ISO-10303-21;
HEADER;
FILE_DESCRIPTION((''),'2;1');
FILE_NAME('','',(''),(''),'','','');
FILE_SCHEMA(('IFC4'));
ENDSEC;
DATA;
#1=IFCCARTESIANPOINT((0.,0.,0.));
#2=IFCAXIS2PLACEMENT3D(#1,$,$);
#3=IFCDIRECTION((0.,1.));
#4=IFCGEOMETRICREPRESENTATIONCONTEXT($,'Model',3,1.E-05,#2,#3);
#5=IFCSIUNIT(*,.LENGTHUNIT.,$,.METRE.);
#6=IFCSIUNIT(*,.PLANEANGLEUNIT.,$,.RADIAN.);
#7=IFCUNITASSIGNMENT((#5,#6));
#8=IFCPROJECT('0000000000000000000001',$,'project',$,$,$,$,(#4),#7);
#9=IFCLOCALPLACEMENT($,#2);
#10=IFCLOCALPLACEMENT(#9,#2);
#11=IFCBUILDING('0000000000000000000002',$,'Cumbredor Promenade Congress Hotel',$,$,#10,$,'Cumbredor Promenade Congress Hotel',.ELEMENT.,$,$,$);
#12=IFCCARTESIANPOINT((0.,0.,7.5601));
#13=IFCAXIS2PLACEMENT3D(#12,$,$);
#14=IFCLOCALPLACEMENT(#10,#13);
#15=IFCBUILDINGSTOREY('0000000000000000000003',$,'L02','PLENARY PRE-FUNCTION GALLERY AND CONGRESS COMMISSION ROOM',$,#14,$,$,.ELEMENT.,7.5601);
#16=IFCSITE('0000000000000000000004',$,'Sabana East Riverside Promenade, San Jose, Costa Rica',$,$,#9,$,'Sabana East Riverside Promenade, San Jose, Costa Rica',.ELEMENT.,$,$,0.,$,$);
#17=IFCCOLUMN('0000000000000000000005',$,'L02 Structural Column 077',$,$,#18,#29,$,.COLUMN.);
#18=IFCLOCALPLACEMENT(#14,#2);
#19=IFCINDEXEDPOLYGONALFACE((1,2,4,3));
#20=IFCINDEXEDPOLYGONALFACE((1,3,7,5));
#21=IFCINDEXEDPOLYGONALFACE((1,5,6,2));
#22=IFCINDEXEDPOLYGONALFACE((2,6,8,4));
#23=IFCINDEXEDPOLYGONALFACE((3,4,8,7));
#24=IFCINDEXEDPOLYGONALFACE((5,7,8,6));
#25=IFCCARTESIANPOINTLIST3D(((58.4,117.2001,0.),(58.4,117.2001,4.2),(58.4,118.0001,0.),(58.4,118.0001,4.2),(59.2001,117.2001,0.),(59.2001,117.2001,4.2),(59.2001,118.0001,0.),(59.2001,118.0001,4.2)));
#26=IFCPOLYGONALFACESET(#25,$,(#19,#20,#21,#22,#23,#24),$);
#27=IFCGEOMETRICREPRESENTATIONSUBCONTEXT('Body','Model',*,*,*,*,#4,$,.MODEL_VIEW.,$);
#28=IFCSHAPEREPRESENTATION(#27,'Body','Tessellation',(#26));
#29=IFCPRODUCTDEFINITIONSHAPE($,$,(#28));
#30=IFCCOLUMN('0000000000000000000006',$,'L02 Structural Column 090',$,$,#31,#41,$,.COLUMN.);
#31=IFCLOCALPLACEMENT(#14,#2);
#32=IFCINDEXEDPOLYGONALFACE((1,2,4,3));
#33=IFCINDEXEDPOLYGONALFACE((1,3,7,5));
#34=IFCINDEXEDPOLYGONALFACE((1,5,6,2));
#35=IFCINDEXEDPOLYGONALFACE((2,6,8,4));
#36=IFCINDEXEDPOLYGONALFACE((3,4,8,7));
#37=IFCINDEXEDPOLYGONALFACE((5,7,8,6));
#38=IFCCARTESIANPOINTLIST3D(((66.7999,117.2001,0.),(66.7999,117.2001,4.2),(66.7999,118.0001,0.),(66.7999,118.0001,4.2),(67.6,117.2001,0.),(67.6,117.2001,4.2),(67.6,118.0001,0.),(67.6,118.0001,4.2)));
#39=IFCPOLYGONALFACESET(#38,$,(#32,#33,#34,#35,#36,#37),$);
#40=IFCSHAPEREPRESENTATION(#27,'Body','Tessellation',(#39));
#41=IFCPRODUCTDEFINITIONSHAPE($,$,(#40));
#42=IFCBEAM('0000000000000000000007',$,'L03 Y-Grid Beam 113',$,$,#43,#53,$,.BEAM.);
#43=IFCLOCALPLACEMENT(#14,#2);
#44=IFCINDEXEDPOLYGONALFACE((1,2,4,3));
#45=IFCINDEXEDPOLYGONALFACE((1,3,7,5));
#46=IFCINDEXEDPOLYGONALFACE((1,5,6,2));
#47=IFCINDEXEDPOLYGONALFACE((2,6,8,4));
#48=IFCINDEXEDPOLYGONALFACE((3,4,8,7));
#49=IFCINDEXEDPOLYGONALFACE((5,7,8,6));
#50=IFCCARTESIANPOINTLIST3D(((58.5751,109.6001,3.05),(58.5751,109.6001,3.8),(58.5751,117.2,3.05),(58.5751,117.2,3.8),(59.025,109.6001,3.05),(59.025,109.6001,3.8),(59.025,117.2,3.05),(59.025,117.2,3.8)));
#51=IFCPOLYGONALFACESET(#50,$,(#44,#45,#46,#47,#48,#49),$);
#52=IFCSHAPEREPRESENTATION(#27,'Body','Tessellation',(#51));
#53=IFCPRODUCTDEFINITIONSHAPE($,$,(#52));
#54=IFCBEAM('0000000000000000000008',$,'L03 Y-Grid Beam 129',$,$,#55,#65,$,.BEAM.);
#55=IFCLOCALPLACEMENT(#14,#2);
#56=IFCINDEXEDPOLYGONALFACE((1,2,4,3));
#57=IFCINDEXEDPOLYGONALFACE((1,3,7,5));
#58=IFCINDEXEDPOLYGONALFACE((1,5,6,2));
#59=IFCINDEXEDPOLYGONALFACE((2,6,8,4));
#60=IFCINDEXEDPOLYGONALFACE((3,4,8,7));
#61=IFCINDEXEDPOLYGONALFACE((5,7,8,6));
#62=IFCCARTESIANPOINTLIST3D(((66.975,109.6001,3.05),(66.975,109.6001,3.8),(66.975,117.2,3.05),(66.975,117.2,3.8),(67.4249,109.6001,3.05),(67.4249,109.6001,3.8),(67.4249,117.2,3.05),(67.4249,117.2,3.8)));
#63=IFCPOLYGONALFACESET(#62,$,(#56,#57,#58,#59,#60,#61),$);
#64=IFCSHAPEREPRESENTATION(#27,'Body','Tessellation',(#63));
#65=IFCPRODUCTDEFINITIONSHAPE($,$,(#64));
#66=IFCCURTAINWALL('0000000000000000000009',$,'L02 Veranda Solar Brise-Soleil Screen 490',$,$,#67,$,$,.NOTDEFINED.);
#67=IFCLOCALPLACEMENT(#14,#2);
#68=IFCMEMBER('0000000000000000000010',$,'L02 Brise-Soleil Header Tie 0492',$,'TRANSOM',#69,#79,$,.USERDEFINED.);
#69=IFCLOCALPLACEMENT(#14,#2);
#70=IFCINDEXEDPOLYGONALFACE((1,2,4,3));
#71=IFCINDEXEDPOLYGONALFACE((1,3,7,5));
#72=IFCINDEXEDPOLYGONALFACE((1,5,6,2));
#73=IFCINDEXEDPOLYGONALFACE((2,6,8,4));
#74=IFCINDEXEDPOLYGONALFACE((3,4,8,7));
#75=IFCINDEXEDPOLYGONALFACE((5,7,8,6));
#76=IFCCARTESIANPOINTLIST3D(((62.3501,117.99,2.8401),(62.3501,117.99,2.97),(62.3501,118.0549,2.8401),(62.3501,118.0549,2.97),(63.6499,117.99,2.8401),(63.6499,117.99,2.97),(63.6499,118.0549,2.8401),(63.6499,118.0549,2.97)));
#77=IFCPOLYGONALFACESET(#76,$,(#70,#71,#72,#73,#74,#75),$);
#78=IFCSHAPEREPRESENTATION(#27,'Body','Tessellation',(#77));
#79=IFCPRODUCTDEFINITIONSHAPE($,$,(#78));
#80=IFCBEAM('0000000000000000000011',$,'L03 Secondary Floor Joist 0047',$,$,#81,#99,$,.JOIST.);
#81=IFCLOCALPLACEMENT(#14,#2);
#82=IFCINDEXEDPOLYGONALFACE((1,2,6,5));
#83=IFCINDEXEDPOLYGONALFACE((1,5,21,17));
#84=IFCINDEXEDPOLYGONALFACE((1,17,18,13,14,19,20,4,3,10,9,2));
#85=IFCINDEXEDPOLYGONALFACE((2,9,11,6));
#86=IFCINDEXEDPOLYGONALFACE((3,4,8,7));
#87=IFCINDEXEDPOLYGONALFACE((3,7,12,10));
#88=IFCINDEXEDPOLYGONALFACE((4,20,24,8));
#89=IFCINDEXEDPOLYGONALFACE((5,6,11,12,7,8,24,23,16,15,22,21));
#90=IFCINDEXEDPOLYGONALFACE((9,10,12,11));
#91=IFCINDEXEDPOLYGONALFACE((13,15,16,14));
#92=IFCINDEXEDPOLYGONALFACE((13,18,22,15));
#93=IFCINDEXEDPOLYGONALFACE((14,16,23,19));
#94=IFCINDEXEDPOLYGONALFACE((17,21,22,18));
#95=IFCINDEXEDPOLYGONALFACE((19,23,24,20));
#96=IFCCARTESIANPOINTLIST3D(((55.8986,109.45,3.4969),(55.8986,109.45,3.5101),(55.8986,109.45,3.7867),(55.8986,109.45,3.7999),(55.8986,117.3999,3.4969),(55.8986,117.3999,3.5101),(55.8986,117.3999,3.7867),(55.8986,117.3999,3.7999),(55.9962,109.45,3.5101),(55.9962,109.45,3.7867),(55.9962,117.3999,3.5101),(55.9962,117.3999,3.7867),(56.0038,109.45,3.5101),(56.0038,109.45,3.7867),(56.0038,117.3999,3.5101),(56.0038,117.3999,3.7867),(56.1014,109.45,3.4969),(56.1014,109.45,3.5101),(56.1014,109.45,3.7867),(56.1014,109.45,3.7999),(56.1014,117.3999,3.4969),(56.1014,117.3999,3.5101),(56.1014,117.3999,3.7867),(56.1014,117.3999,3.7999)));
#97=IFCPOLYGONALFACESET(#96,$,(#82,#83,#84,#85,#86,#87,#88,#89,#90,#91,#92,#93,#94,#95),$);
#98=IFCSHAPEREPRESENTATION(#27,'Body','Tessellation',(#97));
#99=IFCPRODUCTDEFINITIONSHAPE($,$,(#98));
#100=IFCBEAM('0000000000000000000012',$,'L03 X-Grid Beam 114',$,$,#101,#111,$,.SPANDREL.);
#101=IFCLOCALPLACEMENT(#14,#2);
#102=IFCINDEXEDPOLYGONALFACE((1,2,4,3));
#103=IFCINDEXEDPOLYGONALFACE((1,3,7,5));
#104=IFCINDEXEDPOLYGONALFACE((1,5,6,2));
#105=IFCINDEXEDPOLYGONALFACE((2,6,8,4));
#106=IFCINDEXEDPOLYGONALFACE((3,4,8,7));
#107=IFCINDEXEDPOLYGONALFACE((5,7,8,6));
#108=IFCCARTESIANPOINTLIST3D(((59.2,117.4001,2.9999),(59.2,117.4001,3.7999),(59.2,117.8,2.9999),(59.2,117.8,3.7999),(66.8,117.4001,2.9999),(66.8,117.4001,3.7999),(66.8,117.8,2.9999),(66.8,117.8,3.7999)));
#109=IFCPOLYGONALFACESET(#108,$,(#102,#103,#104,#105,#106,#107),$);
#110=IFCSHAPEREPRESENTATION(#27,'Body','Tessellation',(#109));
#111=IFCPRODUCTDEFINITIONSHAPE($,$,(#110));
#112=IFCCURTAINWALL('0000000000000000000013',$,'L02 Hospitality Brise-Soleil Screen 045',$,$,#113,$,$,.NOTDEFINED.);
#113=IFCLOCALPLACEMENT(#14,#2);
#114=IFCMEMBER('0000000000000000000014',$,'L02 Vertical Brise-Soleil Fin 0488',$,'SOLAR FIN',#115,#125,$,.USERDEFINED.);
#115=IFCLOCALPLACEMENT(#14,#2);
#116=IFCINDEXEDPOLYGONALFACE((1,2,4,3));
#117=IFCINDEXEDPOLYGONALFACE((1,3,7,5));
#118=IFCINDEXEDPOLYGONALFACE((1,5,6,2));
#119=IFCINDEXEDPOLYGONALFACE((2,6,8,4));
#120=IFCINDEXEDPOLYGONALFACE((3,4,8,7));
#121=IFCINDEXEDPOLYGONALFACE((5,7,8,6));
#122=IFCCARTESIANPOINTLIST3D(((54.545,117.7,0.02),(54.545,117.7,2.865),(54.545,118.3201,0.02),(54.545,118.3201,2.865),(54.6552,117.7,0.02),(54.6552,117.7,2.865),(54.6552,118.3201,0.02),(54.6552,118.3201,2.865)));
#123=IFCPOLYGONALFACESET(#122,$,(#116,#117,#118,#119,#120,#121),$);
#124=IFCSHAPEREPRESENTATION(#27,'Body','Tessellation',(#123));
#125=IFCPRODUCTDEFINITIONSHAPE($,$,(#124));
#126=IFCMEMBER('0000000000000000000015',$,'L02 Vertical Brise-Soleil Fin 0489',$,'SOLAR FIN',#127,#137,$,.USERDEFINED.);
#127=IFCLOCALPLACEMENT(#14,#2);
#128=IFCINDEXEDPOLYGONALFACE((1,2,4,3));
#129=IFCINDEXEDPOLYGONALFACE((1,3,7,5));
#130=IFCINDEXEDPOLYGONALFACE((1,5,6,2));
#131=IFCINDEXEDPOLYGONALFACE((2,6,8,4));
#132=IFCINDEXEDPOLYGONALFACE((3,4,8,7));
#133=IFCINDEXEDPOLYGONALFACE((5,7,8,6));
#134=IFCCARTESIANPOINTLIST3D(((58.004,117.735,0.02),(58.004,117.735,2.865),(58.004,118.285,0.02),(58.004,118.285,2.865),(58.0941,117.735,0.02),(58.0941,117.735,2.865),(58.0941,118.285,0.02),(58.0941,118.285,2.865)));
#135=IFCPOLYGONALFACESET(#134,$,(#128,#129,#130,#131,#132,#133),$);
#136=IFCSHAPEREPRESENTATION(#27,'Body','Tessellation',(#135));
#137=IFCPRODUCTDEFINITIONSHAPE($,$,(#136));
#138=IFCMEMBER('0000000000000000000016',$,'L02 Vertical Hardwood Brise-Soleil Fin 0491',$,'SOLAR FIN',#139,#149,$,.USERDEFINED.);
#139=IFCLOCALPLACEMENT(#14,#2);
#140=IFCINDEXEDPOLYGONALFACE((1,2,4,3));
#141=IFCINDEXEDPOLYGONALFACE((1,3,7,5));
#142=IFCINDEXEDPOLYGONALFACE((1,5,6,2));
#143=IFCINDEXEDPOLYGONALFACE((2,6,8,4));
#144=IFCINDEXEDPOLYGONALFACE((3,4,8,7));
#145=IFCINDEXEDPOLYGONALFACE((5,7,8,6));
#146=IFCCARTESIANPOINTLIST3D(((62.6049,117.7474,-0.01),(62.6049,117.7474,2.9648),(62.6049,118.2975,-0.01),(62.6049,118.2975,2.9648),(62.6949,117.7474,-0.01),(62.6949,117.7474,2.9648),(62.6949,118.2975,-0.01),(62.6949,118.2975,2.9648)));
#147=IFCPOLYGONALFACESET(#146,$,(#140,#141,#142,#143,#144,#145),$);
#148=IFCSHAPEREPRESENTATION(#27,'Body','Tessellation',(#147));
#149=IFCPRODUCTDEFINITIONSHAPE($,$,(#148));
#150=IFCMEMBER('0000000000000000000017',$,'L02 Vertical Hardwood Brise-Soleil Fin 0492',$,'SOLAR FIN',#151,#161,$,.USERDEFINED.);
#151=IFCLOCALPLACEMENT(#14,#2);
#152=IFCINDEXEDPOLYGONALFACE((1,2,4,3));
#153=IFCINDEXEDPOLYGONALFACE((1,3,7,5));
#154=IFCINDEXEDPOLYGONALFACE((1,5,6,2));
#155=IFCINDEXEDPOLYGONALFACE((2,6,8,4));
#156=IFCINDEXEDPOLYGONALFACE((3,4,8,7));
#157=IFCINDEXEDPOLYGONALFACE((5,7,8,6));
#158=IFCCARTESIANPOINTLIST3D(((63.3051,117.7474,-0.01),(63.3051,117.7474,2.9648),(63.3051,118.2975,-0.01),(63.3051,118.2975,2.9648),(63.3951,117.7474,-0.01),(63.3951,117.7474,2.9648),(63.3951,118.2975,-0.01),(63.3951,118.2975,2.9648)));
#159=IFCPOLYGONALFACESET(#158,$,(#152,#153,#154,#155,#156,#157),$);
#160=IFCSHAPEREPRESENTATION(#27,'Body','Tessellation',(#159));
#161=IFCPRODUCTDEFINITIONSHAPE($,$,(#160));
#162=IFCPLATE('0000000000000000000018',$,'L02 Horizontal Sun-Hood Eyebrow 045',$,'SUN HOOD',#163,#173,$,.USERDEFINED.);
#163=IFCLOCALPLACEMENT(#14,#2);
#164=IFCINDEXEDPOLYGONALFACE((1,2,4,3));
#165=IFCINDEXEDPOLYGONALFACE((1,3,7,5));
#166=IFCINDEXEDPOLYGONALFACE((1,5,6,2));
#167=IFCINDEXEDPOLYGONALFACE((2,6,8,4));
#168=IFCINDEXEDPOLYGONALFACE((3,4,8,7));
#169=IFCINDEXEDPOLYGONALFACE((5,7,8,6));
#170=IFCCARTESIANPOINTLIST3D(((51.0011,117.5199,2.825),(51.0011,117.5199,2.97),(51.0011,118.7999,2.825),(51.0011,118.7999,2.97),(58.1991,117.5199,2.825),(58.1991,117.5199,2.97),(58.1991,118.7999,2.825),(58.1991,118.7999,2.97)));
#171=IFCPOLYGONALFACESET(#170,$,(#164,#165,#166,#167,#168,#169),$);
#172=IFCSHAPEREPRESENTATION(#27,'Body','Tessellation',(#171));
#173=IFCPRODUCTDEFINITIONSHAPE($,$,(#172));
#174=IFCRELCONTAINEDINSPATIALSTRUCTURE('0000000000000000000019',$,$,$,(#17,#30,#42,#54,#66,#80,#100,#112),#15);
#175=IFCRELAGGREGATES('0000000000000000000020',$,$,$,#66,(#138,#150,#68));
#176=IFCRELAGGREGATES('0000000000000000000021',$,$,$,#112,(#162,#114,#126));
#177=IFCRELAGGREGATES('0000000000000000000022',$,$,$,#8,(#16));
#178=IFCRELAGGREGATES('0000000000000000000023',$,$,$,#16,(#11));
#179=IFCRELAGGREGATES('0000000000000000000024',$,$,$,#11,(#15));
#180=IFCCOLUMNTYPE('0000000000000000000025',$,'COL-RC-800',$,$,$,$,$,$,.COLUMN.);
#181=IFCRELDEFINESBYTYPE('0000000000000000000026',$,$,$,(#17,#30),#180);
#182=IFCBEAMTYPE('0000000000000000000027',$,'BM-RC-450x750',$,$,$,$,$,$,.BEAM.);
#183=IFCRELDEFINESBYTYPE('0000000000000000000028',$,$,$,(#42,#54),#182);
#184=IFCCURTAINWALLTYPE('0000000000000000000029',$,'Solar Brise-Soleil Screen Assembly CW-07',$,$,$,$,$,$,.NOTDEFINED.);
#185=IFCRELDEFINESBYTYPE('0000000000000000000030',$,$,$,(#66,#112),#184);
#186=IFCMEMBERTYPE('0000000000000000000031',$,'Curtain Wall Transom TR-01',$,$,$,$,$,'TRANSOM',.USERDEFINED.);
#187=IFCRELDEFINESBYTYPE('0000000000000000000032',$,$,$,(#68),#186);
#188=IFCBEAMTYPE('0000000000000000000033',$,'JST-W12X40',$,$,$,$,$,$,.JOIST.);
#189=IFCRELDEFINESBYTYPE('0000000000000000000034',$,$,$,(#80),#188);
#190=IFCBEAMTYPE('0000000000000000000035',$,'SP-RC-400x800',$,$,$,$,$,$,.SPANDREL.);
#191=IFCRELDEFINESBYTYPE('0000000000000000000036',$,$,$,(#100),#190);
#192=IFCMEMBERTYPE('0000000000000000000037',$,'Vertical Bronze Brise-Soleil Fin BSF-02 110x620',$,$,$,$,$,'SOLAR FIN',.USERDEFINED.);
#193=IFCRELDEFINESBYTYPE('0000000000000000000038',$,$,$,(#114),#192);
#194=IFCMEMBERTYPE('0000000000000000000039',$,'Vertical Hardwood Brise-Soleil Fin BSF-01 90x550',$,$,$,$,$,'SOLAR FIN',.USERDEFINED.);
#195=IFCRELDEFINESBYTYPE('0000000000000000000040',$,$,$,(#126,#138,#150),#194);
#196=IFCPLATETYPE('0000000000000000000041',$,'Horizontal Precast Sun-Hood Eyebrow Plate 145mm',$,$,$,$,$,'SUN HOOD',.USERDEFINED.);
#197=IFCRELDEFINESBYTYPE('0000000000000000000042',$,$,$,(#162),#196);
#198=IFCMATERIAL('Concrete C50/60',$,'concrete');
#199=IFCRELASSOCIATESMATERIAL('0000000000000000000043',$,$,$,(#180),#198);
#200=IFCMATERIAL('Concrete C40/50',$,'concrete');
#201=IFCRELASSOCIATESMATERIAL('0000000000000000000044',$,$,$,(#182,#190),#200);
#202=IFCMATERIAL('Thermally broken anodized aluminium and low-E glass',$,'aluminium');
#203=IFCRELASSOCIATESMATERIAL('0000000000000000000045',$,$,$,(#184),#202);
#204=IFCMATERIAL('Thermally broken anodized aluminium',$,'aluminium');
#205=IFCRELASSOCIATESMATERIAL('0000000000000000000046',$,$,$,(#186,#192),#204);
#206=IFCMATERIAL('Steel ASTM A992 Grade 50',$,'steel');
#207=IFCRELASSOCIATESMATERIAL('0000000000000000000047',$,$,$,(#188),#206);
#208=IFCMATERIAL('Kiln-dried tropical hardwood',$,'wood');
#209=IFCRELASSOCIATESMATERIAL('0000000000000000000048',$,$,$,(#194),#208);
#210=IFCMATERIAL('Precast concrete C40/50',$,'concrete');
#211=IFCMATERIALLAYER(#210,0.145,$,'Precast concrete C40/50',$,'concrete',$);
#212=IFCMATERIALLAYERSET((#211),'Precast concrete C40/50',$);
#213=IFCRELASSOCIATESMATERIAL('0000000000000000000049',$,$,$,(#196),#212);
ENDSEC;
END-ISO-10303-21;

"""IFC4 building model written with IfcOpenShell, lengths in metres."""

from ifc_helpers import new_model, si_unit, direction, frame, origin, origin_2d, place, context, subcontext, project, spatial, rectangle, i_section, extrude, material, layer, layer_set, material_profile, profile_set, type_object, element, aggregate, save


model = new_model("IFC4")

# Units and contexts
model_context = context("Model", 3, precision=1e-05, world=origin(), true_north=direction((0.0, 1.0)))
body_context = subcontext(model_context, "Body", "Model", "MODEL_VIEW")
ifc_project = project(units=[si_unit("LENGTHUNIT", "METRE"), si_unit("PLANEANGLEUNIT", "RADIAN")], contexts=[model_context])

# Site, building, storey
site_placement = place(None, origin())
site = spatial("IfcSite", under=ifc_project, at=site_placement, Name="Sabana East Riverside Promenade, San Jose, Costa Rica", LongName="Sabana East Riverside Promenade, San Jose, Costa Rica", CompositionType="ELEMENT", RefElevation=0.0)
building_placement = place(site_placement, origin())
building = spatial("IfcBuilding", under=site, at=building_placement, Name="Cumbredor Promenade Congress Hotel", LongName="Cumbredor Promenade Congress Hotel", CompositionType="ELEMENT")
storey_placement = place(building_placement, frame((0.0, 0.0, 7.5601)))
storey = spatial("IfcBuildingStorey", under=building, at=storey_placement, Name="L02", Description="PLENARY PRE-FUNCTION GALLERY AND CONGRESS COMMISSION ROOM", CompositionType="ELEMENT", Elevation=7.5601)

# Columns
ifc_material_1 = material(Name="Concrete C50/60", Category="concrete")
ifc_material_profile_1 = material_profile(ifc_material_1, rectangle(XDim=0.8, YDim=0.8, at=origin_2d()), Name="RC 800x800")
ifc_profile_set_1 = profile_set([ifc_material_profile_1], Name="Concrete C50/60")
column_type = type_object("IfcColumnType", Name="COL-RC-800", PredefinedType="COLUMN", material=ifc_profile_set_1)
for number, where, z_axis, x_axis, name in (
    (1, (58.8, 117.6001, 0.0), (0.0, 0.0, 1.0), (1.0, 0.0, 0.0), "L02 Structural Column 077"),
    (2, (67.2, 117.6001, 0.0), (0.0, 0.0, 1.0), (1.0, 0.0, 0.0), "L02 Structural Column 090"),
):
    element("IfcColumn", number, at=place(storey_placement, frame(where, z_axis=z_axis, x_axis=x_axis)), inside=storey, type_object=column_type, Name=name, PredefinedType="COLUMN", context=body_context, shape_type="SweptSolid", body=[
        extrude(rectangle(XDim=0.8, YDim=0.8, at=origin_2d()), origin(), (0.0, 0.0, 1.0), 4.2),
    ])

# Beams
ifc_material_2 = material(Name="Concrete C40/50", Category="concrete")
ifc_material_profile_2 = material_profile(ifc_material_2, rectangle(XDim=0.45, YDim=0.75, at=origin_2d()), Name="RC BEAM 450x750")
ifc_profile_set_2 = profile_set([ifc_material_profile_2], Name="Concrete C40/50")
beam_type_1 = type_object("IfcBeamType", Name="BM-RC-450x750", PredefinedType="BEAM", material=ifc_profile_set_2)
for number, where, z_axis, x_axis, name in (
    (3, (58.8, 109.6001, 3.425), (0.0, 1.0, 0.0), (-1.0, 0.0, 0.0), "L03 Y-Grid Beam 113"),
    (4, (67.2, 109.6001, 3.425), (0.0, 1.0, 0.0), (-1.0, 0.0, 0.0), "L03 Y-Grid Beam 129"),
):
    element("IfcBeam", number, at=place(storey_placement, frame(where, z_axis=z_axis, x_axis=x_axis)), inside=storey, type_object=beam_type_1, Name=name, PredefinedType="BEAM", context=body_context, shape_type="SweptSolid", body=[
        extrude(rectangle(XDim=0.45, YDim=0.75, at=origin_2d()), origin(), (0.0, 0.0, 1.0), 7.5999),
    ])

# Curtain wall, member
ifc_material_3 = material(Name="Thermally broken anodized aluminium and low-E glass", Category="aluminium")
curtain_wall_type = type_object("IfcCurtainWallType", Name="Solar Brise-Soleil Screen Assembly CW-07", PredefinedType="NOTDEFINED", material=ifc_material_3)
curtain_wall_1_placement = place(storey_placement, origin())
curtain_wall_1 = element("IfcCurtainWall", 5, at=curtain_wall_1_placement, inside=storey, type_object=curtain_wall_type, Name="L02 Veranda Solar Brise-Soleil Screen 490", PredefinedType="NOTDEFINED")
ifc_material_4 = material(Name="Thermally broken anodized aluminium", Category="aluminium")
ifc_material_profile_3 = material_profile(ifc_material_4, rectangle(XDim=0.0649, YDim=0.1299, at=origin_2d()), Name="ALU TRANSOM 65x130")
ifc_profile_set_3 = profile_set([ifc_material_profile_3], Name="Thermally broken anodized aluminium")
member_type_1 = type_object("IfcMemberType", Name="Curtain Wall Transom TR-01", ElementType="TRANSOM", PredefinedType="USERDEFINED", material=ifc_profile_set_3)
member_1_placement = place(storey_placement, frame((62.3501, 118.0225, 2.905), z_axis=(1.0, 0.0, 0.0), x_axis=(0.0, 1.0, 0.0)))
member_1 = element("IfcMember", 6, at=member_1_placement, type_object=member_type_1, Name="L02 Brise-Soleil Header Tie 0492", ObjectType="TRANSOM", PredefinedType="USERDEFINED", context=body_context, shape_type="SweptSolid", body=[
    extrude(rectangle(XDim=0.0649, YDim=0.1299, at=origin_2d()), origin(), (0.0, 0.0, 1.0), 1.2998),
])

# Beams
ifc_material_5 = material(Name="Steel ASTM A992 Grade 50", Category="steel")
ifc_material_profile_4 = material_profile(ifc_material_5, i_section(OverallWidth=0.2029, OverallDepth=0.303, WebThickness=0.0076, FlangeThickness=0.0132, at=origin_2d()), Name="W12X40")
ifc_profile_set_4 = profile_set([ifc_material_profile_4], Name="Steel ASTM A992 Grade 50")
beam_type_2 = type_object("IfcBeamType", Name="JST-W12X40", PredefinedType="JOIST", material=ifc_profile_set_4)
beam_1_placement = place(storey_placement, frame((56.0, 109.45, 3.6484), z_axis=(0.0, 1.0, 0.0), x_axis=(-1.0, 0.0, 0.0)))
element("IfcBeam", 7, at=beam_1_placement, inside=storey, type_object=beam_type_2, Name="L03 Secondary Floor Joist 0047", PredefinedType="JOIST", context=body_context, shape_type="SweptSolid", body=[
    extrude(i_section(OverallWidth=0.2029, OverallDepth=0.303, WebThickness=0.0076, FlangeThickness=0.0132, at=origin_2d()), origin(), (0.0, 0.0, 1.0), 7.95),
])
ifc_material_profile_5 = material_profile(ifc_material_2, rectangle(XDim=0.3999, YDim=0.8, at=origin_2d()), Name="RC SPANDREL 400x800")
ifc_profile_set_5 = profile_set([ifc_material_profile_5], Name="Concrete C40/50")
beam_type_3 = type_object("IfcBeamType", Name="SP-RC-400x800", PredefinedType="SPANDREL", material=ifc_profile_set_5)
beam_2_placement = place(storey_placement, frame((59.2, 117.6001, 3.3999), z_axis=(1.0, 0.0, 0.0), x_axis=(0.0, 1.0, 0.0)))
element("IfcBeam", 8, at=beam_2_placement, inside=storey, type_object=beam_type_3, Name="L03 X-Grid Beam 114", PredefinedType="SPANDREL", context=body_context, shape_type="SweptSolid", body=[
    extrude(rectangle(XDim=0.3999, YDim=0.8, at=origin_2d()), origin(), (0.0, 0.0, 1.0), 7.6001),
])

# Curtain wall, members
curtain_wall_2_placement = place(storey_placement, origin())
curtain_wall_2 = element("IfcCurtainWall", 9, at=curtain_wall_2_placement, inside=storey, type_object=curtain_wall_type, Name="L02 Hospitality Brise-Soleil Screen 045", PredefinedType="NOTDEFINED")
ifc_material_profile_6 = material_profile(ifc_material_4, rectangle(XDim=0.1101, YDim=0.6201, at=origin_2d()), Name="ARCH FIN 110x620")
ifc_profile_set_6 = profile_set([ifc_material_profile_6], Name="Thermally broken anodized aluminium")
member_type_2 = type_object("IfcMemberType", Name="Vertical Bronze Brise-Soleil Fin BSF-02 110x620", ElementType="SOLAR FIN", PredefinedType="USERDEFINED", material=ifc_profile_set_6)
member_2_placement = place(storey_placement, frame((54.6001, 118.01, 0.02), z_axis=(0.0, 0.0, 1.0), x_axis=(1.0, 0.0, 0.0)))
member_2 = element("IfcMember", 10, at=member_2_placement, type_object=member_type_2, Name="L02 Vertical Brise-Soleil Fin 0488", ObjectType="SOLAR FIN", PredefinedType="USERDEFINED", context=body_context, shape_type="SweptSolid", body=[
    extrude(rectangle(XDim=0.1101, YDim=0.6201, at=origin_2d()), origin(), (0.0, 0.0, 1.0), 2.845),
])
ifc_material_6 = material(Name="Kiln-dried tropical hardwood", Category="wood")
ifc_material_profile_7 = material_profile(ifc_material_6, rectangle(XDim=0.0901, YDim=0.55, at=origin_2d()), Name="ARCH FIN 90x550")
ifc_profile_set_7 = profile_set([ifc_material_profile_7], Name="Kiln-dried tropical hardwood")
member_type_3 = type_object("IfcMemberType", Name="Vertical Hardwood Brise-Soleil Fin BSF-01 90x550", ElementType="SOLAR FIN", PredefinedType="USERDEFINED", material=ifc_profile_set_7)
member_3_placement = place(storey_placement, frame((58.0491, 118.01, 0.02), z_axis=(0.0, 0.0, 1.0), x_axis=(1.0, 0.0, 0.0)))
member_3 = element("IfcMember", 11, at=member_3_placement, type_object=member_type_3, Name="L02 Vertical Brise-Soleil Fin 0489", ObjectType="SOLAR FIN", PredefinedType="USERDEFINED", context=body_context, shape_type="SweptSolid", body=[
    extrude(rectangle(XDim=0.0901, YDim=0.55, at=origin_2d()), origin(), (0.0, 0.0, 1.0), 2.845),
])

# Members
member_4_placement = place(storey_placement, frame((62.6499, 118.0225, -0.01), z_axis=(0.0, 0.0, 1.0), x_axis=(1.0, 0.0, 0.0)))
member_4 = element("IfcMember", 12, at=member_4_placement, type_object=member_type_3, Name="L02 Vertical Hardwood Brise-Soleil Fin 0491", ObjectType="SOLAR FIN", PredefinedType="USERDEFINED", context=body_context, shape_type="SweptSolid", body=[
    extrude(rectangle(XDim=0.0901, YDim=0.55, at=origin_2d()), origin(), (0.0, 0.0, 1.0), 2.9749),
])
member_5_placement = place(storey_placement, frame((63.3501, 118.0225, -0.01), z_axis=(0.0, 0.0, 1.0), x_axis=(1.0, 0.0, 0.0)))
member_5 = element("IfcMember", 13, at=member_5_placement, type_object=member_type_3, Name="L02 Vertical Hardwood Brise-Soleil Fin 0492", ObjectType="SOLAR FIN", PredefinedType="USERDEFINED", context=body_context, shape_type="SweptSolid", body=[
    extrude(rectangle(XDim=0.0901, YDim=0.55, at=origin_2d()), origin(), (0.0, 0.0, 1.0), 2.9749),
])
aggregate(curtain_wall_1, [member_4, member_5, member_1])

# Plate
ifc_material_7 = material(Name="Precast concrete C40/50", Category="concrete")
ifc_layer_1 = layer(ifc_material_7, 0.145, Name="Precast concrete C40/50", Category="concrete")
ifc_layer_set_1 = layer_set([ifc_layer_1], Name="Precast concrete C40/50")
plate_type = type_object("IfcPlateType", Name="Horizontal Precast Sun-Hood Eyebrow Plate 145mm", ElementType="SUN HOOD", PredefinedType="USERDEFINED", material=ifc_layer_set_1)
plate_placement = place(storey_placement, frame((54.6001, 118.1599, 2.825), z_axis=(0.0, 0.0, 1.0), x_axis=(1.0, 0.0, 0.0)))
plate = element("IfcPlate", 14, at=plate_placement, type_object=plate_type, Name="L02 Horizontal Sun-Hood Eyebrow 045", ObjectType="SUN HOOD", PredefinedType="USERDEFINED", context=body_context, shape_type="SweptSolid", body=[
    extrude(rectangle(XDim=7.198, YDim=1.28, at=origin_2d()), origin(), (0.0, 0.0, 1.0), 0.145),
])
aggregate(curtain_wall_2, [plate, member_2, member_3])

save(model, "model.ifc")
